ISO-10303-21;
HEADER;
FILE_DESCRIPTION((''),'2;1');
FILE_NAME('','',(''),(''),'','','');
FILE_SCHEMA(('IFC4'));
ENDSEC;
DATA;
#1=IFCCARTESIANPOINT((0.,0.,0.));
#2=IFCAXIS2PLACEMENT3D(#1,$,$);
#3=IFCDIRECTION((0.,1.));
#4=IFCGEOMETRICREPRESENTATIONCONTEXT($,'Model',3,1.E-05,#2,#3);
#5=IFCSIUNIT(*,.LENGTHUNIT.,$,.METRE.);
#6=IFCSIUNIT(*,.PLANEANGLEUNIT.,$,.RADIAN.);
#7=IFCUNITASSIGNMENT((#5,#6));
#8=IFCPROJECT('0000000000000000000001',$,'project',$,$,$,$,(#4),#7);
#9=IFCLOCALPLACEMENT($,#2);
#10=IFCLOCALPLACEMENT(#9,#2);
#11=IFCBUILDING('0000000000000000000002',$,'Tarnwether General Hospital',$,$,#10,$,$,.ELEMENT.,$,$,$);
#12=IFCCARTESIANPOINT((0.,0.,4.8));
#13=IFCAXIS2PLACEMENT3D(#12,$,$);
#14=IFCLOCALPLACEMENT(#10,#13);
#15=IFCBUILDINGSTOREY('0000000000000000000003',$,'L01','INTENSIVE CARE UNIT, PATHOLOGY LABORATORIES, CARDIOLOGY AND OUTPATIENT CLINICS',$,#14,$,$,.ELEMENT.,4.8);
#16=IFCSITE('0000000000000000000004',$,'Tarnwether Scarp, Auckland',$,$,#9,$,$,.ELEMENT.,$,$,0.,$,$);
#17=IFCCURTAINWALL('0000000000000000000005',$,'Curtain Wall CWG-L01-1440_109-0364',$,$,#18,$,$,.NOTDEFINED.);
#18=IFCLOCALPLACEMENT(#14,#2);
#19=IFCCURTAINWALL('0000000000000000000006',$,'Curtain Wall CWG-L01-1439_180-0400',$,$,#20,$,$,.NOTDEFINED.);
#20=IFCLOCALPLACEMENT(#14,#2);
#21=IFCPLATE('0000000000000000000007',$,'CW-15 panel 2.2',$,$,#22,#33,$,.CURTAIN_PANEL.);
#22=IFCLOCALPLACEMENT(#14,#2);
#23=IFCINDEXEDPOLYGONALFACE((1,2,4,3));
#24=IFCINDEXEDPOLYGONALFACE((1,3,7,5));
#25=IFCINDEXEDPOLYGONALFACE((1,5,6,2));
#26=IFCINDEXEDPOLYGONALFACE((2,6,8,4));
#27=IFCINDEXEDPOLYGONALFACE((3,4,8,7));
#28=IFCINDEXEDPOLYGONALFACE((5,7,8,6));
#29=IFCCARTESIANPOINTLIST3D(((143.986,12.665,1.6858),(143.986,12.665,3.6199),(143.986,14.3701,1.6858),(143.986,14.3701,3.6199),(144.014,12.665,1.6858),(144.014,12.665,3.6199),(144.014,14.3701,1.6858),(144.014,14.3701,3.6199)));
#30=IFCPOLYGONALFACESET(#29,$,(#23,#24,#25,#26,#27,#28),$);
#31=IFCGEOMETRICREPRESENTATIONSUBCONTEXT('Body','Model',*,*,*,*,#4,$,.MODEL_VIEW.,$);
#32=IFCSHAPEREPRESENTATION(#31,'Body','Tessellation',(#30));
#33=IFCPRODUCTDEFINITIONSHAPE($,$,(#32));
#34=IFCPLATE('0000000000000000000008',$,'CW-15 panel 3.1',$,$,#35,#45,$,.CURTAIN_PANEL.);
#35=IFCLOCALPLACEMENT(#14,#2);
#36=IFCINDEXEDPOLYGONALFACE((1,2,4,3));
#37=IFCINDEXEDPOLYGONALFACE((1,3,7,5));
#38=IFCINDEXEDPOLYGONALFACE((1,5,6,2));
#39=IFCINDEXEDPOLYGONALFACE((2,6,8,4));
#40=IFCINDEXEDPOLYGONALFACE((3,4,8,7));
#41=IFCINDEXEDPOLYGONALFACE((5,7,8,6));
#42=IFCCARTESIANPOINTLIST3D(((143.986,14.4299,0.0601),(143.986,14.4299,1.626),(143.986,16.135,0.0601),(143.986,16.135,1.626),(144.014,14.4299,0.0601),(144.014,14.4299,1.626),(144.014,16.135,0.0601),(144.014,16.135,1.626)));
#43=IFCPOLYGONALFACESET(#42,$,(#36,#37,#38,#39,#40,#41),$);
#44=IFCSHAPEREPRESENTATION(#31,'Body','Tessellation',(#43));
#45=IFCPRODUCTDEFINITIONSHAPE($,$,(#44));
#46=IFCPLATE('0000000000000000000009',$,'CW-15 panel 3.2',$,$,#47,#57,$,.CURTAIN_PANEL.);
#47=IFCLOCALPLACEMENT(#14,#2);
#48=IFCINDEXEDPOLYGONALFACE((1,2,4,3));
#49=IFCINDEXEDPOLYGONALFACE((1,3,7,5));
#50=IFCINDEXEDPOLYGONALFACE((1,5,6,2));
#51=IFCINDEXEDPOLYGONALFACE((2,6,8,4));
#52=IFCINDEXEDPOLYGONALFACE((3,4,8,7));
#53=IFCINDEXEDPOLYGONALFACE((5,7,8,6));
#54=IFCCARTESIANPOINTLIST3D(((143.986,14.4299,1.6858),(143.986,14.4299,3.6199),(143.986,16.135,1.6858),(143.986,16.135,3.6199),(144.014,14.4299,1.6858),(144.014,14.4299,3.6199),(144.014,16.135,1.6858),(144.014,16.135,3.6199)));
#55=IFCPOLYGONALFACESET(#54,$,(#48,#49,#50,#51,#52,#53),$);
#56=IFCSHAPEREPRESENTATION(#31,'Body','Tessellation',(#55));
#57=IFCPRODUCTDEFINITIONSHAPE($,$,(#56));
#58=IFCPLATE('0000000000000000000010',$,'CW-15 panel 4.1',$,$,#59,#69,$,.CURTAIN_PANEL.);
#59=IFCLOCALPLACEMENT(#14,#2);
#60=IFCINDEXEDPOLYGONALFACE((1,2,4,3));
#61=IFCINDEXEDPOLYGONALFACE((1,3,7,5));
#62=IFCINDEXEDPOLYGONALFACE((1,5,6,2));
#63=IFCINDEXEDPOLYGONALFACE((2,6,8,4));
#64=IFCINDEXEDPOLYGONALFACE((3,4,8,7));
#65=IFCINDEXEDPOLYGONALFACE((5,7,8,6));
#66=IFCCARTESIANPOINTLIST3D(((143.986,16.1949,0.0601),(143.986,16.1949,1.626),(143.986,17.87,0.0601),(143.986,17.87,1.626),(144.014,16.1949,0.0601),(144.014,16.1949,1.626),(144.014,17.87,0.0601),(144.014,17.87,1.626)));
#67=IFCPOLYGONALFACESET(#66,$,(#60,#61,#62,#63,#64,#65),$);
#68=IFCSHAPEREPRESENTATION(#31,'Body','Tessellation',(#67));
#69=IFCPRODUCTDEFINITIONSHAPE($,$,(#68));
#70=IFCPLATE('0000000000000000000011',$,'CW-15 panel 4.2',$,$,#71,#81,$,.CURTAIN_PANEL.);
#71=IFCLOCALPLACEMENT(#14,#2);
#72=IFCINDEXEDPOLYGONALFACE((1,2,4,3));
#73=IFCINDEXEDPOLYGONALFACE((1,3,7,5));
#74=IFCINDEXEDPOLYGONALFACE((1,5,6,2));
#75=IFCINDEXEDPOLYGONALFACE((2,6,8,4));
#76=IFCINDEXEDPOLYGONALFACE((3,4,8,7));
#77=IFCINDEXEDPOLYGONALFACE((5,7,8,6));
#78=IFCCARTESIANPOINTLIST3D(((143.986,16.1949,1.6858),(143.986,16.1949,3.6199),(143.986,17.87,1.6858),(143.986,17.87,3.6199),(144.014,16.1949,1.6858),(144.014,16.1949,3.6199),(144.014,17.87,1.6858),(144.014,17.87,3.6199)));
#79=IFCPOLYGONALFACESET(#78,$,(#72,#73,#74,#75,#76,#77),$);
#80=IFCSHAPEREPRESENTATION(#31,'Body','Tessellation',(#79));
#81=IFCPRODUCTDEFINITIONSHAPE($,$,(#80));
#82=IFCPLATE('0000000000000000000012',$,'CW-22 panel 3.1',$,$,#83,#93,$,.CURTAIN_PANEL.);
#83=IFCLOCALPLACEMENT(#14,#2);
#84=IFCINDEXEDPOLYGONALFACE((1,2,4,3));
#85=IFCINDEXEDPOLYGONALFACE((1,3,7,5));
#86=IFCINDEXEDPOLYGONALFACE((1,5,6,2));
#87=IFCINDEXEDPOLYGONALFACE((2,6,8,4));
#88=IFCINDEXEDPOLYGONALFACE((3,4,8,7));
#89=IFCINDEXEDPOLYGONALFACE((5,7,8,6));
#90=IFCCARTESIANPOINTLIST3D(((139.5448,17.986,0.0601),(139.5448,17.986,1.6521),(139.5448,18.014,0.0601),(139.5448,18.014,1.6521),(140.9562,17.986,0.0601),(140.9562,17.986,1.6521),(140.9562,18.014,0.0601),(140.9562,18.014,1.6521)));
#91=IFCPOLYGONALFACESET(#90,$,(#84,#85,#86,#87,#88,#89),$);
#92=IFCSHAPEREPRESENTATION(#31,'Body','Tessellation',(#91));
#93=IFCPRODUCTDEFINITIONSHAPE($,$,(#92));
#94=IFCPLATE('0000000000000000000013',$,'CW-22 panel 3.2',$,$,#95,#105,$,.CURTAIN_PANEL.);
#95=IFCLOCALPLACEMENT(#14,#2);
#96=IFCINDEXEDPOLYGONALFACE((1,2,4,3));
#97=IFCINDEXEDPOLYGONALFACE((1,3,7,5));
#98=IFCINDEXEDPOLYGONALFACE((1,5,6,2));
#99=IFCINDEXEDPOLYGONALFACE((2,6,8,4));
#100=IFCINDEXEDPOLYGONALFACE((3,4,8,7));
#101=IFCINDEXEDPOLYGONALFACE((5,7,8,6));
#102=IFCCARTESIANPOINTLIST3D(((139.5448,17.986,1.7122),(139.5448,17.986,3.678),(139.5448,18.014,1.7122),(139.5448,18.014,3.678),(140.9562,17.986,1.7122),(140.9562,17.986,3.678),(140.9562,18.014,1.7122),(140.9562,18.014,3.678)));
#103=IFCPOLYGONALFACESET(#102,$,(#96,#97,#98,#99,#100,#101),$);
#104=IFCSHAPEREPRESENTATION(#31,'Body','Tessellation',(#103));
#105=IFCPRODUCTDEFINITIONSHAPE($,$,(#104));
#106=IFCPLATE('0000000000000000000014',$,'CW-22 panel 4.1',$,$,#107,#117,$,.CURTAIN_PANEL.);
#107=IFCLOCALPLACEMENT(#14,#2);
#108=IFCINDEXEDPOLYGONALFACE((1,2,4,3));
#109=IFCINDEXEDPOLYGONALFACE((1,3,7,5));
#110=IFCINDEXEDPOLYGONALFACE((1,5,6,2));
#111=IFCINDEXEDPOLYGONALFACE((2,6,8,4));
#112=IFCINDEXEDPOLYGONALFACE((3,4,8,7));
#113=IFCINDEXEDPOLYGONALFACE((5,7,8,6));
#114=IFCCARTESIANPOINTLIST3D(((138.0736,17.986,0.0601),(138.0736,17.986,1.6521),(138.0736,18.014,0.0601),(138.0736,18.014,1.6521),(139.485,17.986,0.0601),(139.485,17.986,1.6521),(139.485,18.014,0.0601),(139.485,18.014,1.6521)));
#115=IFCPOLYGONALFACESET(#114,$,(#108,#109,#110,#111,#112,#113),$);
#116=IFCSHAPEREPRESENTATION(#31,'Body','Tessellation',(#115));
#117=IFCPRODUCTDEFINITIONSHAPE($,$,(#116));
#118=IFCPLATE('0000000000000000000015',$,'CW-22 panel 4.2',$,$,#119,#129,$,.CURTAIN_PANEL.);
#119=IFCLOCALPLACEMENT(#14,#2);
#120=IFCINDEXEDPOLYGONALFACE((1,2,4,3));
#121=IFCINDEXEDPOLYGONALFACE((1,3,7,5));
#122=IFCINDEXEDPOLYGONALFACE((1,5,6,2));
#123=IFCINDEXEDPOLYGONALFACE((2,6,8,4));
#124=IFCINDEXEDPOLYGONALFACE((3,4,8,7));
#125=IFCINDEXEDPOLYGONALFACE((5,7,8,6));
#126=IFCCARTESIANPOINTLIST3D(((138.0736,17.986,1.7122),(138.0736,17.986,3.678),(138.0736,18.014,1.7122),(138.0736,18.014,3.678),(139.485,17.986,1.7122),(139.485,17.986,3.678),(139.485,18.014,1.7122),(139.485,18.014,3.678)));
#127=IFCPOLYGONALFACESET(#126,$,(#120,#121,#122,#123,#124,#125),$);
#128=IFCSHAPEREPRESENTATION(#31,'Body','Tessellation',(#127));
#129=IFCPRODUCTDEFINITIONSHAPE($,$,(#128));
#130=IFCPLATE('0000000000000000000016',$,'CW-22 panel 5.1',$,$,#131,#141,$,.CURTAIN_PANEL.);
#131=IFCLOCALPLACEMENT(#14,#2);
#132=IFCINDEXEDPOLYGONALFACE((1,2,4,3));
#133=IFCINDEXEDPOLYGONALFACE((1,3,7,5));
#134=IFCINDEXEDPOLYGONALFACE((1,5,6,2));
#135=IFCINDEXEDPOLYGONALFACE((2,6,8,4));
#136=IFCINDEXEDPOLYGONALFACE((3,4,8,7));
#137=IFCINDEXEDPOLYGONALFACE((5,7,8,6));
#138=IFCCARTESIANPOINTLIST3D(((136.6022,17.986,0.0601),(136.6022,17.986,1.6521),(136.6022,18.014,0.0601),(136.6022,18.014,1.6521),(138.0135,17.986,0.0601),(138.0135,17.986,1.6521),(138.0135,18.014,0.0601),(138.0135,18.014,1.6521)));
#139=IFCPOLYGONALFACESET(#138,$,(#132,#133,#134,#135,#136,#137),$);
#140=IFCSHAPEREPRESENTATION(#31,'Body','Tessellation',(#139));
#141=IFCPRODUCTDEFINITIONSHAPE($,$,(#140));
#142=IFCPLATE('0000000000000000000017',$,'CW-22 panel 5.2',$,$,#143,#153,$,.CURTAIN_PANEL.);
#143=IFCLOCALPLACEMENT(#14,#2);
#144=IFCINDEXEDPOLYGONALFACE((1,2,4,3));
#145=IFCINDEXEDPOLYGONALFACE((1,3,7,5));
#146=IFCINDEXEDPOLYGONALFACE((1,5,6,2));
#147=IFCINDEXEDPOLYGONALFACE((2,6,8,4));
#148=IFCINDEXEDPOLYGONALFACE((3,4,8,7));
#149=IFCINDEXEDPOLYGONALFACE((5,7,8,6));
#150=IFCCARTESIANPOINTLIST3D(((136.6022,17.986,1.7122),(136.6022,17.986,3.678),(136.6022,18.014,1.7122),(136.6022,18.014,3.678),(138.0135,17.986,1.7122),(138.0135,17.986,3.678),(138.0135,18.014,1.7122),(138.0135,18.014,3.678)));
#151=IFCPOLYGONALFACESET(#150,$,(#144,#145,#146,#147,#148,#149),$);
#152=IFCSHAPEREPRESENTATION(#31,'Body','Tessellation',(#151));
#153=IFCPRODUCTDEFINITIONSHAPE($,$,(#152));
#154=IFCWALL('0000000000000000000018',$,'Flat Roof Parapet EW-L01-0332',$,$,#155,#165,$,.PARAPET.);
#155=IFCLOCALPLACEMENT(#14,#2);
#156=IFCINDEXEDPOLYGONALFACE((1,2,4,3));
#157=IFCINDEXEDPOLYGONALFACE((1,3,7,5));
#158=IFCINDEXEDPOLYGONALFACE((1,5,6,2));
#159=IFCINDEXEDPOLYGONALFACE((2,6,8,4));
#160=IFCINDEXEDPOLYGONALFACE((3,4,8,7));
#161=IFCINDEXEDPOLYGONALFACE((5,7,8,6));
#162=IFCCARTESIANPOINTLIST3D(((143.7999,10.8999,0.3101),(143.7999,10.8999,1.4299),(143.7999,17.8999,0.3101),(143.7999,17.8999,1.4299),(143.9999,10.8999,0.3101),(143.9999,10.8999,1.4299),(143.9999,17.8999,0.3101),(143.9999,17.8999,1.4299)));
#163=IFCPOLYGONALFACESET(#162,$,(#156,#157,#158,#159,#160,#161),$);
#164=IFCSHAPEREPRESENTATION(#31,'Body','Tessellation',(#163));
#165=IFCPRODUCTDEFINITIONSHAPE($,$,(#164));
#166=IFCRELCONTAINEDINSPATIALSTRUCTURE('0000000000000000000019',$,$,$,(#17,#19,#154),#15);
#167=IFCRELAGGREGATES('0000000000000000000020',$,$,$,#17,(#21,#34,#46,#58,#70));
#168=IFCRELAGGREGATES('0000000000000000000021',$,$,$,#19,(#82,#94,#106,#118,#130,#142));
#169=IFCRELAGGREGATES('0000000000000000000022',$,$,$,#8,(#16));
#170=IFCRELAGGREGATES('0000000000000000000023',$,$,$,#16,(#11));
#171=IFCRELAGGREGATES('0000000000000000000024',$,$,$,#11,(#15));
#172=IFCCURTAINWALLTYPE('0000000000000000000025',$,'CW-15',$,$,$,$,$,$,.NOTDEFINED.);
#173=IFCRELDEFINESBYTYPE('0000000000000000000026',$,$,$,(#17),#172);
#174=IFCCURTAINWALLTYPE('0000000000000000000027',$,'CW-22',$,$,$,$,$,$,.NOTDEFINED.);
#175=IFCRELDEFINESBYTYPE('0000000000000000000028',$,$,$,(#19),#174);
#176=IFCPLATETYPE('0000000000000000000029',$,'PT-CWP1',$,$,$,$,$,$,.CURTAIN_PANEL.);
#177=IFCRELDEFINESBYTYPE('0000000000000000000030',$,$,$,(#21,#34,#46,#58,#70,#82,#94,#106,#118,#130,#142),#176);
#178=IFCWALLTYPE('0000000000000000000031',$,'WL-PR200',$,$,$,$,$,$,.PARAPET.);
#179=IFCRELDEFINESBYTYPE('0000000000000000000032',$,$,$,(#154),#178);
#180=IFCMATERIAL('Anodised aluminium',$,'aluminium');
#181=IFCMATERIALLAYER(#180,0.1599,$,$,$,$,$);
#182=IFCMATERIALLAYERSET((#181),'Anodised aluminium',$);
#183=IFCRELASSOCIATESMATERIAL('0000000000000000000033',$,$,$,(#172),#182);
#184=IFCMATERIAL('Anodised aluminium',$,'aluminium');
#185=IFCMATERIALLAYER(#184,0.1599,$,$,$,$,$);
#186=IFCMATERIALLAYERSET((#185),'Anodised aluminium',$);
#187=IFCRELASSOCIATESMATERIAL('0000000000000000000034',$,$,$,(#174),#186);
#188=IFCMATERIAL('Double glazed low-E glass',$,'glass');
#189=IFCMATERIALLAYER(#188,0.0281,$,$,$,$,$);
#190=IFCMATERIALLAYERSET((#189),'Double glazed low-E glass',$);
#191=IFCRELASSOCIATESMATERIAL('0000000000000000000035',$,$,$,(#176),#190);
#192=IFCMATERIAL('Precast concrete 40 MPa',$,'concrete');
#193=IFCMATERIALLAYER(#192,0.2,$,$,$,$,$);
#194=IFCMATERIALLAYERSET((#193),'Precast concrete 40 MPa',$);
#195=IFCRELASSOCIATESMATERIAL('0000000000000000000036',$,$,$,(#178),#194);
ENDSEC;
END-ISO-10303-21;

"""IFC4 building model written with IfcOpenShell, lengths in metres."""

from ifc_helpers import new_model, si_unit, direction, frame, frame_2d, origin, origin_2d, place, context, subcontext, project, spatial, rectangle, extrude, material, layer, layer_set, type_object, element, aggregate, save


model = new_model("IFC4")

# Units and contexts
model_context = context("Model", 3, precision=1e-05, world=origin(), true_north=direction((0.0, 1.0)))
body_context = subcontext(model_context, "Body", "Model", "MODEL_VIEW")
ifc_project = project(units=[si_unit("LENGTHUNIT", "METRE"), si_unit("PLANEANGLEUNIT", "RADIAN")], contexts=[model_context])

# Site, building, storey
site_placement = place(None, origin())
site = spatial("IfcSite", under=ifc_project, at=site_placement, Name="Tarnwether Scarp, Auckland", CompositionType="ELEMENT", RefElevation=0.0)
building_placement = place(site_placement, origin())
building = spatial("IfcBuilding", under=site, at=building_placement, Name="Tarnwether General Hospital", CompositionType="ELEMENT")
storey_placement = place(building_placement, frame((0.0, 0.0, 4.8)))
storey = spatial("IfcBuildingStorey", under=building, at=storey_placement, Name="L01", Description="INTENSIVE CARE UNIT, PATHOLOGY LABORATORIES, CARDIOLOGY AND OUTPATIENT CLINICS", CompositionType="ELEMENT", Elevation=4.8)

# Curtain walls
ifc_material_1 = material(Name="Anodised aluminium", Category="aluminium")
ifc_layer_1 = layer(ifc_material_1, 0.1599)
ifc_layer_set_1 = layer_set([ifc_layer_1], Name="Anodised aluminium")
curtain_wall_type_1 = type_object("IfcCurtainWallType", Name="CW-15", PredefinedType="NOTDEFINED", material=ifc_layer_set_1)
curtain_wall_1_placement = place(storey_placement, origin())
curtain_wall_1 = element("IfcCurtainWall", 1, at=curtain_wall_1_placement, inside=storey, type_object=curtain_wall_type_1, Name="Curtain Wall CWG-L01-1440_109-0364", PredefinedType="NOTDEFINED")
ifc_material_2 = material(Name="Anodised aluminium", Category="aluminium")
ifc_layer_2 = layer(ifc_material_2, 0.1599)
ifc_layer_set_2 = layer_set([ifc_layer_2], Name="Anodised aluminium")
curtain_wall_type_2 = type_object("IfcCurtainWallType", Name="CW-22", PredefinedType="NOTDEFINED", material=ifc_layer_set_2)
curtain_wall_2_placement = place(storey_placement, origin())
curtain_wall_2 = element("IfcCurtainWall", 2, at=curtain_wall_2_placement, inside=storey, type_object=curtain_wall_type_2, Name="Curtain Wall CWG-L01-1439_180-0400", PredefinedType="NOTDEFINED")

# Plates
ifc_material_3 = material(Name="Double glazed low-E glass", Category="glass")
ifc_layer_3 = layer(ifc_material_3, 0.0281)
ifc_layer_set_3 = layer_set([ifc_layer_3], Name="Double glazed low-E glass")
plate_type = type_object("IfcPlateType", Name="PT-CWP1", PredefinedType="CURTAIN_PANEL", material=ifc_layer_set_3)
plate_1_placement = place(storey_placement, frame((144.0, 13.5176, 1.6858), z_axis=(0.0, 0.0, 1.0), x_axis=(0.0, 1.0, 0.0)))
plate_1 = element("IfcPlate", 3, at=plate_1_placement, type_object=plate_type, Name="CW-15 panel 2.2", PredefinedType="CURTAIN_PANEL", context=body_context, shape_type="SweptSolid", body=[
    extrude(rectangle(XDim=1.7051, YDim=0.0281, at=origin_2d()), origin(), (0.0, 0.0, 1.0), 1.9341),
])
plate_2_placement = place(storey_placement, frame((144.0, 15.2825, 0.0601), z_axis=(0.0, 0.0, 1.0), x_axis=(0.0, 1.0, 0.0)))
plate_2 = element("IfcPlate", 4, at=plate_2_placement, type_object=plate_type, Name="CW-15 panel 3.1", PredefinedType="CURTAIN_PANEL", context=body_context, shape_type="SweptSolid", body=[
    extrude(rectangle(XDim=1.7051, YDim=0.0281, at=origin_2d()), origin(), (0.0, 0.0, 1.0), 1.5659),
])
plate_3_placement = place(storey_placement, frame((144.0, 15.2825, 1.6858), z_axis=(0.0, 0.0, 1.0), x_axis=(0.0, 1.0, 0.0)))
plate_3 = element("IfcPlate", 5, at=plate_3_placement, type_object=plate_type, Name="CW-15 panel 3.2", PredefinedType="CURTAIN_PANEL", context=body_context, shape_type="SweptSolid", body=[
    extrude(rectangle(XDim=1.7051, YDim=0.0281, at=origin_2d()), origin(), (0.0, 0.0, 1.0), 1.9341),
])
plate_4_placement = place(storey_placement, frame((144.0, 17.0325, 0.0601), z_axis=(0.0, 0.0, 1.0), x_axis=(0.0, 1.0, 0.0)))
plate_4 = element("IfcPlate", 6, at=plate_4_placement, type_object=plate_type, Name="CW-15 panel 4.1", PredefinedType="CURTAIN_PANEL", context=body_context, shape_type="SweptSolid", body=[
    extrude(rectangle(XDim=1.675, YDim=0.0281, at=origin_2d()), origin(), (0.0, 0.0, 1.0), 1.5659),
])
plate_5_placement = place(storey_placement, frame((144.0, 17.0325, 1.6858), z_axis=(0.0, 0.0, 1.0), x_axis=(0.0, 1.0, 0.0)))
plate_5 = element("IfcPlate", 7, at=plate_5_placement, type_object=plate_type, Name="CW-15 panel 4.2", PredefinedType="CURTAIN_PANEL", context=body_context, shape_type="SweptSolid", body=[
    extrude(rectangle(XDim=1.675, YDim=0.0281, at=origin_2d()), origin(), (0.0, 0.0, 1.0), 1.9341),
])
aggregate(curtain_wall_1, [plate_1, plate_2, plate_3, plate_4, plate_5])
plate_6_placement = place(storey_placement, frame((140.2505, 18.0, 0.0601), z_axis=(0.0, 0.0, 1.0), x_axis=(-1.0, 0.0, 0.0)))
plate_6 = element("IfcPlate", 8, at=plate_6_placement, type_object=plate_type, Name="CW-22 panel 3.1", PredefinedType="CURTAIN_PANEL", context=body_context, shape_type="SweptSolid", body=[
    extrude(rectangle(XDim=1.4114, YDim=0.0281, at=origin_2d()), origin(), (0.0, 0.0, 1.0), 1.592),
])
plate_7_placement = place(storey_placement, frame((140.2505, 18.0, 1.7122), z_axis=(0.0, 0.0, 1.0), x_axis=(-1.0, 0.0, 0.0)))
plate_7 = element("IfcPlate", 9, at=plate_7_placement, type_object=plate_type, Name="CW-22 panel 3.2", PredefinedType="CURTAIN_PANEL", context=body_context, shape_type="SweptSolid", body=[
    extrude(rectangle(XDim=1.4114, YDim=0.0281, at=origin_2d()), origin(), (0.0, 0.0, 1.0), 1.9658),
])
plate_8_placement = place(storey_placement, frame((138.7793, 18.0, 0.0601), z_axis=(0.0, 0.0, 1.0), x_axis=(-1.0, 0.0, 0.0)))
plate_8 = element("IfcPlate", 10, at=plate_8_placement, type_object=plate_type, Name="CW-22 panel 4.1", PredefinedType="CURTAIN_PANEL", context=body_context, shape_type="SweptSolid", body=[
    extrude(rectangle(XDim=1.4114, YDim=0.0281, at=origin_2d()), origin(), (0.0, 0.0, 1.0), 1.592),
])
plate_9_placement = place(storey_placement, frame((138.7793, 18.0, 1.7122), z_axis=(0.0, 0.0, 1.0), x_axis=(-1.0, 0.0, 0.0)))
plate_9 = element("IfcPlate", 11, at=plate_9_placement, type_object=plate_type, Name="CW-22 panel 4.2", PredefinedType="CURTAIN_PANEL", context=body_context, shape_type="SweptSolid", body=[
    extrude(rectangle(XDim=1.4114, YDim=0.0281, at=origin_2d()), origin(), (0.0, 0.0, 1.0), 1.9658),
])
plate_10_placement = place(storey_placement, frame((137.3079, 18.0, 0.0601), z_axis=(0.0, 0.0, 1.0), x_axis=(-1.0, 0.0, 0.0)))
plate_10 = element("IfcPlate", 12, at=plate_10_placement, type_object=plate_type, Name="CW-22 panel 5.1", PredefinedType="CURTAIN_PANEL", context=body_context, shape_type="SweptSolid", body=[
    extrude(rectangle(XDim=1.4114, YDim=0.0281, at=origin_2d()), origin(), (0.0, 0.0, 1.0), 1.592),
])
plate_11_placement = place(storey_placement, frame((137.3079, 18.0, 1.7122), z_axis=(0.0, 0.0, 1.0), x_axis=(-1.0, 0.0, 0.0)))
plate_11 = element("IfcPlate", 13, at=plate_11_placement, type_object=plate_type, Name="CW-22 panel 5.2", PredefinedType="CURTAIN_PANEL", context=body_context, shape_type="SweptSolid", body=[
    extrude(rectangle(XDim=1.4114, YDim=0.0281, at=origin_2d()), origin(), (0.0, 0.0, 1.0), 1.9658),
])
aggregate(curtain_wall_2, [plate_6, plate_7, plate_8, plate_9, plate_10, plate_11])

# Wall
ifc_material_4 = material(Name="Precast concrete 40 MPa", Category="concrete")
ifc_layer_4 = layer(ifc_material_4, 0.2)
ifc_layer_set_4 = layer_set([ifc_layer_4], Name="Precast concrete 40 MPa")
wall_type = type_object("IfcWallType", Name="WL-PR200", PredefinedType="PARAPET", material=ifc_layer_set_4)
wall_placement = place(storey_placement, frame((143.8999, 17.8999, 0.3101), z_axis=(0.0, 0.0, 1.0), x_axis=(0.0, -1.0, 0.0)))
element("IfcWall", 14, at=wall_placement, inside=storey, type_object=wall_type, Name="Flat Roof Parapet EW-L01-0332", PredefinedType="PARAPET", context=body_context, shape_type="SweptSolid", body=[
    extrude(rectangle(XDim=7.0, YDim=0.2, at=frame_2d((3.5, 0.0))), origin(), (0.0, 0.0, 1.0), 1.1199),
])

save(model, "model.ifc")
